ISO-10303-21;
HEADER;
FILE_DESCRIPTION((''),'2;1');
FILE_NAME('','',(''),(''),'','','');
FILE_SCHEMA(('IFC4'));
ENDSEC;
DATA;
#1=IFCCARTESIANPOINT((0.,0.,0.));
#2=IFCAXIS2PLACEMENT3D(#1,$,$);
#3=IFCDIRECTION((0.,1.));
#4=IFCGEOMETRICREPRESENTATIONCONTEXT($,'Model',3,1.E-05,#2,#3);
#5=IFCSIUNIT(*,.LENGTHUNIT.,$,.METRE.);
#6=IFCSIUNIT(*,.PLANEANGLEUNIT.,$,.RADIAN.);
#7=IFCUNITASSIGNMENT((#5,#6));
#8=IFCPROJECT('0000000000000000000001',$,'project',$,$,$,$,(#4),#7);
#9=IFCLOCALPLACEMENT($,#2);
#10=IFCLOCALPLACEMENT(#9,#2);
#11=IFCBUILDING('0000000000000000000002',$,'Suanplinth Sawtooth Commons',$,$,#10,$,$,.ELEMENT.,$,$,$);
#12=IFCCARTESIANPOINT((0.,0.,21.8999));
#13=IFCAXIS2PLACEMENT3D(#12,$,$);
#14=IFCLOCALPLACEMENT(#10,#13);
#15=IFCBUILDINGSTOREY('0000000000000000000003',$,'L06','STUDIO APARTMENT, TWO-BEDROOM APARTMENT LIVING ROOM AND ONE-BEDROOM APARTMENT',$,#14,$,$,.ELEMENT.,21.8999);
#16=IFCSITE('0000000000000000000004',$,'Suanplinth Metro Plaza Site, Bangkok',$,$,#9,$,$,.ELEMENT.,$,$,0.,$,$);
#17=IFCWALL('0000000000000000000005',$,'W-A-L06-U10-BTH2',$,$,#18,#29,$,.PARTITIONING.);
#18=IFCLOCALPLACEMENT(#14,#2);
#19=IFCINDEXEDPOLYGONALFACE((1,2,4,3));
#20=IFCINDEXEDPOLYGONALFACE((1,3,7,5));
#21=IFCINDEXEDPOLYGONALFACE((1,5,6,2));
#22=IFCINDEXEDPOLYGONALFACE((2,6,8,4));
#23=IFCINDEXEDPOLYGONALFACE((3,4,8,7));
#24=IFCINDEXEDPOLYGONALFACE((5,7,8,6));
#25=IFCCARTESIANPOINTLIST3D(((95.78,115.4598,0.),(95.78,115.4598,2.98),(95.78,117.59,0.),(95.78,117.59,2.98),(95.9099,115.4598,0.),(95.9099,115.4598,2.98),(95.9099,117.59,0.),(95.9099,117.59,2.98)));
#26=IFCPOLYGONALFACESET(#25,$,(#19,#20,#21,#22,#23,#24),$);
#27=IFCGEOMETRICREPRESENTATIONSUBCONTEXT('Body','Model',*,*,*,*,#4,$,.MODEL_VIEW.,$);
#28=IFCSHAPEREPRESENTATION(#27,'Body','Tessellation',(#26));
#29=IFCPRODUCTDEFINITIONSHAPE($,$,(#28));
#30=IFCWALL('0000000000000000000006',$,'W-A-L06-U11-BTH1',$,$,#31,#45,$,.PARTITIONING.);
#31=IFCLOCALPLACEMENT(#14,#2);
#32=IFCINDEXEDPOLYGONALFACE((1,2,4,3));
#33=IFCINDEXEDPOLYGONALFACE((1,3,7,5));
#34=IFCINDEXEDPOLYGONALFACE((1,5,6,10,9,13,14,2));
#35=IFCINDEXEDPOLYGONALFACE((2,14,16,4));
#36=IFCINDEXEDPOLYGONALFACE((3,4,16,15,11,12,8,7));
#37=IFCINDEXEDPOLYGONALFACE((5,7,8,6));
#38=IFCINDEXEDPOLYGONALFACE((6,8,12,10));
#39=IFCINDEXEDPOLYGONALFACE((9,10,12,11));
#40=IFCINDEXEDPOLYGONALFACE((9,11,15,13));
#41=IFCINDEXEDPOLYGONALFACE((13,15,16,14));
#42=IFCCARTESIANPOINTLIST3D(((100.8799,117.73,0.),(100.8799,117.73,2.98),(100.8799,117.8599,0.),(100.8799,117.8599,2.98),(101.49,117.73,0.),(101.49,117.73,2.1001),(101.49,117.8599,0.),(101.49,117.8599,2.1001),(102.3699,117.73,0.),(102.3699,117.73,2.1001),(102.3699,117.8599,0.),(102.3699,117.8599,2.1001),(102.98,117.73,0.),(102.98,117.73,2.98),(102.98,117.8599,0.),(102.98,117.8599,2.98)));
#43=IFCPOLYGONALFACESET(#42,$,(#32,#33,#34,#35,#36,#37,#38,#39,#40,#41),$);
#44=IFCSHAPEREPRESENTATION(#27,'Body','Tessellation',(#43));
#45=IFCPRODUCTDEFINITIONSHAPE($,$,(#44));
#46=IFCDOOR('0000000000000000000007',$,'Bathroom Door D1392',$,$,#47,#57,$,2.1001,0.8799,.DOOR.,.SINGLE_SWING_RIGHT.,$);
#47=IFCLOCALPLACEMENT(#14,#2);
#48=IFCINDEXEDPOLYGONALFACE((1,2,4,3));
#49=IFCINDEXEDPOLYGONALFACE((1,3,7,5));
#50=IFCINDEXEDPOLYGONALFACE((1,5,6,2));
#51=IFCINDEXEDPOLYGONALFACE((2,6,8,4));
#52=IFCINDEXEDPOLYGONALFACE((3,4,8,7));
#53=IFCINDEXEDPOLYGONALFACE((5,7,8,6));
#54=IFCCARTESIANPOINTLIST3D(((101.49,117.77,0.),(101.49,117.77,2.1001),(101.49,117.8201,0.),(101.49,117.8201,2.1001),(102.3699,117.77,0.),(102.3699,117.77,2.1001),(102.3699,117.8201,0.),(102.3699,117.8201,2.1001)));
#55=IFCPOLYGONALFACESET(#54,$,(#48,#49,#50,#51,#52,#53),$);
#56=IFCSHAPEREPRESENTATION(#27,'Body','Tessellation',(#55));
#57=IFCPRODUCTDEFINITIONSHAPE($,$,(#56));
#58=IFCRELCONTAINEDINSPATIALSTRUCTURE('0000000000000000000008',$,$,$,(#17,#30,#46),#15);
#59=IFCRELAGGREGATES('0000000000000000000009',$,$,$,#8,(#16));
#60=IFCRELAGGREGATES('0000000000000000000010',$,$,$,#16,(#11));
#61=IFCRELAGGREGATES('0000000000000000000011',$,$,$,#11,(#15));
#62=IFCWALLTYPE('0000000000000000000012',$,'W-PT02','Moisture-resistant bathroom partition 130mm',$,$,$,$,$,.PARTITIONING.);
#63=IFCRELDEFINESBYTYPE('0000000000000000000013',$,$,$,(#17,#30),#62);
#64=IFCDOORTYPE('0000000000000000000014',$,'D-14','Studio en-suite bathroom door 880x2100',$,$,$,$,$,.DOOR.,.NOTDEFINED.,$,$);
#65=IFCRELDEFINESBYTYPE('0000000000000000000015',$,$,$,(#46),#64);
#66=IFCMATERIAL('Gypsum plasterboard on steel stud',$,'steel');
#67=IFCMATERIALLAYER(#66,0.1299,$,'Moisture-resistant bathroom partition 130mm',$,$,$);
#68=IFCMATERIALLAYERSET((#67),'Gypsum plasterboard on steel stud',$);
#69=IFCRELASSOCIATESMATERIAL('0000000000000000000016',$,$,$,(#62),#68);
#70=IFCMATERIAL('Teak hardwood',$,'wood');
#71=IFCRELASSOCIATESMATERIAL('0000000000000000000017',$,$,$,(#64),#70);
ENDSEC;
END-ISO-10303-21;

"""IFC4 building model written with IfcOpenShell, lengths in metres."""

from ifc_helpers import new_model, si_unit, direction, frame, frame_2d, origin, place, context, subcontext, project, spatial, rectangle, extrude, material, layer, layer_set, type_object, element, fill, save


model = new_model("IFC4")

# Units and contexts
model_context = context("Model", 3, precision=1e-05, world=origin(), true_north=direction((0.0, 1.0)))
body_context = subcontext(model_context, "Body", "Model", "MODEL_VIEW")
ifc_project = project(units=[si_unit("LENGTHUNIT", "METRE"), si_unit("PLANEANGLEUNIT", "RADIAN")], contexts=[model_context])

# Site, building, storey
site_placement = place(None, origin())
site = spatial("IfcSite", under=ifc_project, at=site_placement, Name="Suanplinth Metro Plaza Site, Bangkok", CompositionType="ELEMENT", RefElevation=0.0)
building_placement = place(site_placement, origin())
building = spatial("IfcBuilding", under=site, at=building_placement, Name="Suanplinth Sawtooth Commons", CompositionType="ELEMENT")
storey_placement = place(building_placement, frame((0.0, 0.0, 21.8999)))
storey = spatial("IfcBuildingStorey", under=building, at=storey_placement, Name="L06", Description="STUDIO APARTMENT, TWO-BEDROOM APARTMENT LIVING ROOM AND ONE-BEDROOM APARTMENT", CompositionType="ELEMENT", Elevation=21.8999)

# Shared definitions
ifc_material_1 = material(Name="Gypsum plasterboard on steel stud", Category="steel")
ifc_material_2 = material(Name="Teak hardwood", Category="wood")
ifc_layer_1 = layer(ifc_material_1, 0.1299, Name="Moisture-resistant bathroom partition 130mm")
ifc_layer_set_1 = layer_set([ifc_layer_1], Name="Gypsum plasterboard on steel stud")
wall_type_1 = type_object("IfcWallType", Name="W-PT02", Description="Moisture-resistant bathroom partition 130mm", PredefinedType="PARTITIONING", material=ifc_layer_set_1)
door_type_1 = type_object("IfcDoorType", Name="D-14", Description="Studio en-suite bathroom door 880x2100", OperationType="NOTDEFINED", PredefinedType="DOOR", material=ifc_material_2)

# Wall
wall_1_placement = place(storey_placement, frame((95.845, 115.46, 0.0), z_axis=(0.0, 0.0, 1.0), x_axis=(0.0, 1.0, 0.0)))
element("IfcWall", 1, at=wall_1_placement, inside=storey, type_object=wall_type_1, Name="W-A-L06-U10-BTH2", PredefinedType="PARTITIONING", context=body_context, shape_type="SweptSolid", body=[
    extrude(rectangle(XDim=2.1301, YDim=0.1299, at=frame_2d((1.0649, 0.0))), origin(), (0.0, 0.0, 1.0), 2.98),
])

# Wall, opening, door
wall_2_placement = place(storey_placement, frame((100.8799, 117.7949, 0.0), z_axis=(0.0, 0.0, 1.0), x_axis=(1.0, 0.0, 0.0)))
wall_2 = element("IfcWall", 2, at=wall_2_placement, inside=storey, type_object=wall_type_1, Name="W-A-L06-U11-BTH1", PredefinedType="PARTITIONING", context=body_context, shape_type="SweptSolid", body=[
    extrude(rectangle(XDim=2.1001, YDim=0.1299, at=frame_2d((1.05, 0.0))), origin(), (0.0, 0.0, 1.0), 2.98),
])
opening_1_placement = place(wall_2_placement, frame((0.6101, 0.0, 0.0)))
opening_1 = element("IfcOpeningElement", 3, at=opening_1_placement, cuts=wall_2, PredefinedType="OPENING", context=body_context, shape_type="SweptSolid", body=[
    extrude(rectangle(XDim=0.8799, YDim=2.1001, at=frame_2d((0.4399, 1.05))), frame((0.0, 0.0798, 0.0), z_axis=(0.0, -1.0, 0.0), x_axis=(1.0, 0.0, 0.0)), (0.0, 0.0, 1.0), 0.1597),
])
door_1_placement = place(opening_1_placement, frame((0.8799, 0.0, 0.0), z_axis=(0.0, 0.0, 1.0), x_axis=(-1.0, 0.0, 0.0)))
door_1 = element("IfcDoor", 4, at=door_1_placement, inside=storey, type_object=door_type_1, Name="Bathroom Door D1392", OperationType="SINGLE_SWING_RIGHT", OverallHeight=2.1001, OverallWidth=0.8799, PredefinedType="DOOR", context=body_context, shape_type="SweptSolid", body=[
    extrude(rectangle(XDim=0.8799, YDim=2.1001, at=frame_2d((0.4399, 1.05))), frame((0.0, 0.0249, 0.0), z_axis=(0.0, -1.0, 0.0), x_axis=(1.0, 0.0, 0.0)), (0.0, 0.0, 1.0), 0.05),
])
fill(opening_1, door_1)

save(model, "model.ifc")
